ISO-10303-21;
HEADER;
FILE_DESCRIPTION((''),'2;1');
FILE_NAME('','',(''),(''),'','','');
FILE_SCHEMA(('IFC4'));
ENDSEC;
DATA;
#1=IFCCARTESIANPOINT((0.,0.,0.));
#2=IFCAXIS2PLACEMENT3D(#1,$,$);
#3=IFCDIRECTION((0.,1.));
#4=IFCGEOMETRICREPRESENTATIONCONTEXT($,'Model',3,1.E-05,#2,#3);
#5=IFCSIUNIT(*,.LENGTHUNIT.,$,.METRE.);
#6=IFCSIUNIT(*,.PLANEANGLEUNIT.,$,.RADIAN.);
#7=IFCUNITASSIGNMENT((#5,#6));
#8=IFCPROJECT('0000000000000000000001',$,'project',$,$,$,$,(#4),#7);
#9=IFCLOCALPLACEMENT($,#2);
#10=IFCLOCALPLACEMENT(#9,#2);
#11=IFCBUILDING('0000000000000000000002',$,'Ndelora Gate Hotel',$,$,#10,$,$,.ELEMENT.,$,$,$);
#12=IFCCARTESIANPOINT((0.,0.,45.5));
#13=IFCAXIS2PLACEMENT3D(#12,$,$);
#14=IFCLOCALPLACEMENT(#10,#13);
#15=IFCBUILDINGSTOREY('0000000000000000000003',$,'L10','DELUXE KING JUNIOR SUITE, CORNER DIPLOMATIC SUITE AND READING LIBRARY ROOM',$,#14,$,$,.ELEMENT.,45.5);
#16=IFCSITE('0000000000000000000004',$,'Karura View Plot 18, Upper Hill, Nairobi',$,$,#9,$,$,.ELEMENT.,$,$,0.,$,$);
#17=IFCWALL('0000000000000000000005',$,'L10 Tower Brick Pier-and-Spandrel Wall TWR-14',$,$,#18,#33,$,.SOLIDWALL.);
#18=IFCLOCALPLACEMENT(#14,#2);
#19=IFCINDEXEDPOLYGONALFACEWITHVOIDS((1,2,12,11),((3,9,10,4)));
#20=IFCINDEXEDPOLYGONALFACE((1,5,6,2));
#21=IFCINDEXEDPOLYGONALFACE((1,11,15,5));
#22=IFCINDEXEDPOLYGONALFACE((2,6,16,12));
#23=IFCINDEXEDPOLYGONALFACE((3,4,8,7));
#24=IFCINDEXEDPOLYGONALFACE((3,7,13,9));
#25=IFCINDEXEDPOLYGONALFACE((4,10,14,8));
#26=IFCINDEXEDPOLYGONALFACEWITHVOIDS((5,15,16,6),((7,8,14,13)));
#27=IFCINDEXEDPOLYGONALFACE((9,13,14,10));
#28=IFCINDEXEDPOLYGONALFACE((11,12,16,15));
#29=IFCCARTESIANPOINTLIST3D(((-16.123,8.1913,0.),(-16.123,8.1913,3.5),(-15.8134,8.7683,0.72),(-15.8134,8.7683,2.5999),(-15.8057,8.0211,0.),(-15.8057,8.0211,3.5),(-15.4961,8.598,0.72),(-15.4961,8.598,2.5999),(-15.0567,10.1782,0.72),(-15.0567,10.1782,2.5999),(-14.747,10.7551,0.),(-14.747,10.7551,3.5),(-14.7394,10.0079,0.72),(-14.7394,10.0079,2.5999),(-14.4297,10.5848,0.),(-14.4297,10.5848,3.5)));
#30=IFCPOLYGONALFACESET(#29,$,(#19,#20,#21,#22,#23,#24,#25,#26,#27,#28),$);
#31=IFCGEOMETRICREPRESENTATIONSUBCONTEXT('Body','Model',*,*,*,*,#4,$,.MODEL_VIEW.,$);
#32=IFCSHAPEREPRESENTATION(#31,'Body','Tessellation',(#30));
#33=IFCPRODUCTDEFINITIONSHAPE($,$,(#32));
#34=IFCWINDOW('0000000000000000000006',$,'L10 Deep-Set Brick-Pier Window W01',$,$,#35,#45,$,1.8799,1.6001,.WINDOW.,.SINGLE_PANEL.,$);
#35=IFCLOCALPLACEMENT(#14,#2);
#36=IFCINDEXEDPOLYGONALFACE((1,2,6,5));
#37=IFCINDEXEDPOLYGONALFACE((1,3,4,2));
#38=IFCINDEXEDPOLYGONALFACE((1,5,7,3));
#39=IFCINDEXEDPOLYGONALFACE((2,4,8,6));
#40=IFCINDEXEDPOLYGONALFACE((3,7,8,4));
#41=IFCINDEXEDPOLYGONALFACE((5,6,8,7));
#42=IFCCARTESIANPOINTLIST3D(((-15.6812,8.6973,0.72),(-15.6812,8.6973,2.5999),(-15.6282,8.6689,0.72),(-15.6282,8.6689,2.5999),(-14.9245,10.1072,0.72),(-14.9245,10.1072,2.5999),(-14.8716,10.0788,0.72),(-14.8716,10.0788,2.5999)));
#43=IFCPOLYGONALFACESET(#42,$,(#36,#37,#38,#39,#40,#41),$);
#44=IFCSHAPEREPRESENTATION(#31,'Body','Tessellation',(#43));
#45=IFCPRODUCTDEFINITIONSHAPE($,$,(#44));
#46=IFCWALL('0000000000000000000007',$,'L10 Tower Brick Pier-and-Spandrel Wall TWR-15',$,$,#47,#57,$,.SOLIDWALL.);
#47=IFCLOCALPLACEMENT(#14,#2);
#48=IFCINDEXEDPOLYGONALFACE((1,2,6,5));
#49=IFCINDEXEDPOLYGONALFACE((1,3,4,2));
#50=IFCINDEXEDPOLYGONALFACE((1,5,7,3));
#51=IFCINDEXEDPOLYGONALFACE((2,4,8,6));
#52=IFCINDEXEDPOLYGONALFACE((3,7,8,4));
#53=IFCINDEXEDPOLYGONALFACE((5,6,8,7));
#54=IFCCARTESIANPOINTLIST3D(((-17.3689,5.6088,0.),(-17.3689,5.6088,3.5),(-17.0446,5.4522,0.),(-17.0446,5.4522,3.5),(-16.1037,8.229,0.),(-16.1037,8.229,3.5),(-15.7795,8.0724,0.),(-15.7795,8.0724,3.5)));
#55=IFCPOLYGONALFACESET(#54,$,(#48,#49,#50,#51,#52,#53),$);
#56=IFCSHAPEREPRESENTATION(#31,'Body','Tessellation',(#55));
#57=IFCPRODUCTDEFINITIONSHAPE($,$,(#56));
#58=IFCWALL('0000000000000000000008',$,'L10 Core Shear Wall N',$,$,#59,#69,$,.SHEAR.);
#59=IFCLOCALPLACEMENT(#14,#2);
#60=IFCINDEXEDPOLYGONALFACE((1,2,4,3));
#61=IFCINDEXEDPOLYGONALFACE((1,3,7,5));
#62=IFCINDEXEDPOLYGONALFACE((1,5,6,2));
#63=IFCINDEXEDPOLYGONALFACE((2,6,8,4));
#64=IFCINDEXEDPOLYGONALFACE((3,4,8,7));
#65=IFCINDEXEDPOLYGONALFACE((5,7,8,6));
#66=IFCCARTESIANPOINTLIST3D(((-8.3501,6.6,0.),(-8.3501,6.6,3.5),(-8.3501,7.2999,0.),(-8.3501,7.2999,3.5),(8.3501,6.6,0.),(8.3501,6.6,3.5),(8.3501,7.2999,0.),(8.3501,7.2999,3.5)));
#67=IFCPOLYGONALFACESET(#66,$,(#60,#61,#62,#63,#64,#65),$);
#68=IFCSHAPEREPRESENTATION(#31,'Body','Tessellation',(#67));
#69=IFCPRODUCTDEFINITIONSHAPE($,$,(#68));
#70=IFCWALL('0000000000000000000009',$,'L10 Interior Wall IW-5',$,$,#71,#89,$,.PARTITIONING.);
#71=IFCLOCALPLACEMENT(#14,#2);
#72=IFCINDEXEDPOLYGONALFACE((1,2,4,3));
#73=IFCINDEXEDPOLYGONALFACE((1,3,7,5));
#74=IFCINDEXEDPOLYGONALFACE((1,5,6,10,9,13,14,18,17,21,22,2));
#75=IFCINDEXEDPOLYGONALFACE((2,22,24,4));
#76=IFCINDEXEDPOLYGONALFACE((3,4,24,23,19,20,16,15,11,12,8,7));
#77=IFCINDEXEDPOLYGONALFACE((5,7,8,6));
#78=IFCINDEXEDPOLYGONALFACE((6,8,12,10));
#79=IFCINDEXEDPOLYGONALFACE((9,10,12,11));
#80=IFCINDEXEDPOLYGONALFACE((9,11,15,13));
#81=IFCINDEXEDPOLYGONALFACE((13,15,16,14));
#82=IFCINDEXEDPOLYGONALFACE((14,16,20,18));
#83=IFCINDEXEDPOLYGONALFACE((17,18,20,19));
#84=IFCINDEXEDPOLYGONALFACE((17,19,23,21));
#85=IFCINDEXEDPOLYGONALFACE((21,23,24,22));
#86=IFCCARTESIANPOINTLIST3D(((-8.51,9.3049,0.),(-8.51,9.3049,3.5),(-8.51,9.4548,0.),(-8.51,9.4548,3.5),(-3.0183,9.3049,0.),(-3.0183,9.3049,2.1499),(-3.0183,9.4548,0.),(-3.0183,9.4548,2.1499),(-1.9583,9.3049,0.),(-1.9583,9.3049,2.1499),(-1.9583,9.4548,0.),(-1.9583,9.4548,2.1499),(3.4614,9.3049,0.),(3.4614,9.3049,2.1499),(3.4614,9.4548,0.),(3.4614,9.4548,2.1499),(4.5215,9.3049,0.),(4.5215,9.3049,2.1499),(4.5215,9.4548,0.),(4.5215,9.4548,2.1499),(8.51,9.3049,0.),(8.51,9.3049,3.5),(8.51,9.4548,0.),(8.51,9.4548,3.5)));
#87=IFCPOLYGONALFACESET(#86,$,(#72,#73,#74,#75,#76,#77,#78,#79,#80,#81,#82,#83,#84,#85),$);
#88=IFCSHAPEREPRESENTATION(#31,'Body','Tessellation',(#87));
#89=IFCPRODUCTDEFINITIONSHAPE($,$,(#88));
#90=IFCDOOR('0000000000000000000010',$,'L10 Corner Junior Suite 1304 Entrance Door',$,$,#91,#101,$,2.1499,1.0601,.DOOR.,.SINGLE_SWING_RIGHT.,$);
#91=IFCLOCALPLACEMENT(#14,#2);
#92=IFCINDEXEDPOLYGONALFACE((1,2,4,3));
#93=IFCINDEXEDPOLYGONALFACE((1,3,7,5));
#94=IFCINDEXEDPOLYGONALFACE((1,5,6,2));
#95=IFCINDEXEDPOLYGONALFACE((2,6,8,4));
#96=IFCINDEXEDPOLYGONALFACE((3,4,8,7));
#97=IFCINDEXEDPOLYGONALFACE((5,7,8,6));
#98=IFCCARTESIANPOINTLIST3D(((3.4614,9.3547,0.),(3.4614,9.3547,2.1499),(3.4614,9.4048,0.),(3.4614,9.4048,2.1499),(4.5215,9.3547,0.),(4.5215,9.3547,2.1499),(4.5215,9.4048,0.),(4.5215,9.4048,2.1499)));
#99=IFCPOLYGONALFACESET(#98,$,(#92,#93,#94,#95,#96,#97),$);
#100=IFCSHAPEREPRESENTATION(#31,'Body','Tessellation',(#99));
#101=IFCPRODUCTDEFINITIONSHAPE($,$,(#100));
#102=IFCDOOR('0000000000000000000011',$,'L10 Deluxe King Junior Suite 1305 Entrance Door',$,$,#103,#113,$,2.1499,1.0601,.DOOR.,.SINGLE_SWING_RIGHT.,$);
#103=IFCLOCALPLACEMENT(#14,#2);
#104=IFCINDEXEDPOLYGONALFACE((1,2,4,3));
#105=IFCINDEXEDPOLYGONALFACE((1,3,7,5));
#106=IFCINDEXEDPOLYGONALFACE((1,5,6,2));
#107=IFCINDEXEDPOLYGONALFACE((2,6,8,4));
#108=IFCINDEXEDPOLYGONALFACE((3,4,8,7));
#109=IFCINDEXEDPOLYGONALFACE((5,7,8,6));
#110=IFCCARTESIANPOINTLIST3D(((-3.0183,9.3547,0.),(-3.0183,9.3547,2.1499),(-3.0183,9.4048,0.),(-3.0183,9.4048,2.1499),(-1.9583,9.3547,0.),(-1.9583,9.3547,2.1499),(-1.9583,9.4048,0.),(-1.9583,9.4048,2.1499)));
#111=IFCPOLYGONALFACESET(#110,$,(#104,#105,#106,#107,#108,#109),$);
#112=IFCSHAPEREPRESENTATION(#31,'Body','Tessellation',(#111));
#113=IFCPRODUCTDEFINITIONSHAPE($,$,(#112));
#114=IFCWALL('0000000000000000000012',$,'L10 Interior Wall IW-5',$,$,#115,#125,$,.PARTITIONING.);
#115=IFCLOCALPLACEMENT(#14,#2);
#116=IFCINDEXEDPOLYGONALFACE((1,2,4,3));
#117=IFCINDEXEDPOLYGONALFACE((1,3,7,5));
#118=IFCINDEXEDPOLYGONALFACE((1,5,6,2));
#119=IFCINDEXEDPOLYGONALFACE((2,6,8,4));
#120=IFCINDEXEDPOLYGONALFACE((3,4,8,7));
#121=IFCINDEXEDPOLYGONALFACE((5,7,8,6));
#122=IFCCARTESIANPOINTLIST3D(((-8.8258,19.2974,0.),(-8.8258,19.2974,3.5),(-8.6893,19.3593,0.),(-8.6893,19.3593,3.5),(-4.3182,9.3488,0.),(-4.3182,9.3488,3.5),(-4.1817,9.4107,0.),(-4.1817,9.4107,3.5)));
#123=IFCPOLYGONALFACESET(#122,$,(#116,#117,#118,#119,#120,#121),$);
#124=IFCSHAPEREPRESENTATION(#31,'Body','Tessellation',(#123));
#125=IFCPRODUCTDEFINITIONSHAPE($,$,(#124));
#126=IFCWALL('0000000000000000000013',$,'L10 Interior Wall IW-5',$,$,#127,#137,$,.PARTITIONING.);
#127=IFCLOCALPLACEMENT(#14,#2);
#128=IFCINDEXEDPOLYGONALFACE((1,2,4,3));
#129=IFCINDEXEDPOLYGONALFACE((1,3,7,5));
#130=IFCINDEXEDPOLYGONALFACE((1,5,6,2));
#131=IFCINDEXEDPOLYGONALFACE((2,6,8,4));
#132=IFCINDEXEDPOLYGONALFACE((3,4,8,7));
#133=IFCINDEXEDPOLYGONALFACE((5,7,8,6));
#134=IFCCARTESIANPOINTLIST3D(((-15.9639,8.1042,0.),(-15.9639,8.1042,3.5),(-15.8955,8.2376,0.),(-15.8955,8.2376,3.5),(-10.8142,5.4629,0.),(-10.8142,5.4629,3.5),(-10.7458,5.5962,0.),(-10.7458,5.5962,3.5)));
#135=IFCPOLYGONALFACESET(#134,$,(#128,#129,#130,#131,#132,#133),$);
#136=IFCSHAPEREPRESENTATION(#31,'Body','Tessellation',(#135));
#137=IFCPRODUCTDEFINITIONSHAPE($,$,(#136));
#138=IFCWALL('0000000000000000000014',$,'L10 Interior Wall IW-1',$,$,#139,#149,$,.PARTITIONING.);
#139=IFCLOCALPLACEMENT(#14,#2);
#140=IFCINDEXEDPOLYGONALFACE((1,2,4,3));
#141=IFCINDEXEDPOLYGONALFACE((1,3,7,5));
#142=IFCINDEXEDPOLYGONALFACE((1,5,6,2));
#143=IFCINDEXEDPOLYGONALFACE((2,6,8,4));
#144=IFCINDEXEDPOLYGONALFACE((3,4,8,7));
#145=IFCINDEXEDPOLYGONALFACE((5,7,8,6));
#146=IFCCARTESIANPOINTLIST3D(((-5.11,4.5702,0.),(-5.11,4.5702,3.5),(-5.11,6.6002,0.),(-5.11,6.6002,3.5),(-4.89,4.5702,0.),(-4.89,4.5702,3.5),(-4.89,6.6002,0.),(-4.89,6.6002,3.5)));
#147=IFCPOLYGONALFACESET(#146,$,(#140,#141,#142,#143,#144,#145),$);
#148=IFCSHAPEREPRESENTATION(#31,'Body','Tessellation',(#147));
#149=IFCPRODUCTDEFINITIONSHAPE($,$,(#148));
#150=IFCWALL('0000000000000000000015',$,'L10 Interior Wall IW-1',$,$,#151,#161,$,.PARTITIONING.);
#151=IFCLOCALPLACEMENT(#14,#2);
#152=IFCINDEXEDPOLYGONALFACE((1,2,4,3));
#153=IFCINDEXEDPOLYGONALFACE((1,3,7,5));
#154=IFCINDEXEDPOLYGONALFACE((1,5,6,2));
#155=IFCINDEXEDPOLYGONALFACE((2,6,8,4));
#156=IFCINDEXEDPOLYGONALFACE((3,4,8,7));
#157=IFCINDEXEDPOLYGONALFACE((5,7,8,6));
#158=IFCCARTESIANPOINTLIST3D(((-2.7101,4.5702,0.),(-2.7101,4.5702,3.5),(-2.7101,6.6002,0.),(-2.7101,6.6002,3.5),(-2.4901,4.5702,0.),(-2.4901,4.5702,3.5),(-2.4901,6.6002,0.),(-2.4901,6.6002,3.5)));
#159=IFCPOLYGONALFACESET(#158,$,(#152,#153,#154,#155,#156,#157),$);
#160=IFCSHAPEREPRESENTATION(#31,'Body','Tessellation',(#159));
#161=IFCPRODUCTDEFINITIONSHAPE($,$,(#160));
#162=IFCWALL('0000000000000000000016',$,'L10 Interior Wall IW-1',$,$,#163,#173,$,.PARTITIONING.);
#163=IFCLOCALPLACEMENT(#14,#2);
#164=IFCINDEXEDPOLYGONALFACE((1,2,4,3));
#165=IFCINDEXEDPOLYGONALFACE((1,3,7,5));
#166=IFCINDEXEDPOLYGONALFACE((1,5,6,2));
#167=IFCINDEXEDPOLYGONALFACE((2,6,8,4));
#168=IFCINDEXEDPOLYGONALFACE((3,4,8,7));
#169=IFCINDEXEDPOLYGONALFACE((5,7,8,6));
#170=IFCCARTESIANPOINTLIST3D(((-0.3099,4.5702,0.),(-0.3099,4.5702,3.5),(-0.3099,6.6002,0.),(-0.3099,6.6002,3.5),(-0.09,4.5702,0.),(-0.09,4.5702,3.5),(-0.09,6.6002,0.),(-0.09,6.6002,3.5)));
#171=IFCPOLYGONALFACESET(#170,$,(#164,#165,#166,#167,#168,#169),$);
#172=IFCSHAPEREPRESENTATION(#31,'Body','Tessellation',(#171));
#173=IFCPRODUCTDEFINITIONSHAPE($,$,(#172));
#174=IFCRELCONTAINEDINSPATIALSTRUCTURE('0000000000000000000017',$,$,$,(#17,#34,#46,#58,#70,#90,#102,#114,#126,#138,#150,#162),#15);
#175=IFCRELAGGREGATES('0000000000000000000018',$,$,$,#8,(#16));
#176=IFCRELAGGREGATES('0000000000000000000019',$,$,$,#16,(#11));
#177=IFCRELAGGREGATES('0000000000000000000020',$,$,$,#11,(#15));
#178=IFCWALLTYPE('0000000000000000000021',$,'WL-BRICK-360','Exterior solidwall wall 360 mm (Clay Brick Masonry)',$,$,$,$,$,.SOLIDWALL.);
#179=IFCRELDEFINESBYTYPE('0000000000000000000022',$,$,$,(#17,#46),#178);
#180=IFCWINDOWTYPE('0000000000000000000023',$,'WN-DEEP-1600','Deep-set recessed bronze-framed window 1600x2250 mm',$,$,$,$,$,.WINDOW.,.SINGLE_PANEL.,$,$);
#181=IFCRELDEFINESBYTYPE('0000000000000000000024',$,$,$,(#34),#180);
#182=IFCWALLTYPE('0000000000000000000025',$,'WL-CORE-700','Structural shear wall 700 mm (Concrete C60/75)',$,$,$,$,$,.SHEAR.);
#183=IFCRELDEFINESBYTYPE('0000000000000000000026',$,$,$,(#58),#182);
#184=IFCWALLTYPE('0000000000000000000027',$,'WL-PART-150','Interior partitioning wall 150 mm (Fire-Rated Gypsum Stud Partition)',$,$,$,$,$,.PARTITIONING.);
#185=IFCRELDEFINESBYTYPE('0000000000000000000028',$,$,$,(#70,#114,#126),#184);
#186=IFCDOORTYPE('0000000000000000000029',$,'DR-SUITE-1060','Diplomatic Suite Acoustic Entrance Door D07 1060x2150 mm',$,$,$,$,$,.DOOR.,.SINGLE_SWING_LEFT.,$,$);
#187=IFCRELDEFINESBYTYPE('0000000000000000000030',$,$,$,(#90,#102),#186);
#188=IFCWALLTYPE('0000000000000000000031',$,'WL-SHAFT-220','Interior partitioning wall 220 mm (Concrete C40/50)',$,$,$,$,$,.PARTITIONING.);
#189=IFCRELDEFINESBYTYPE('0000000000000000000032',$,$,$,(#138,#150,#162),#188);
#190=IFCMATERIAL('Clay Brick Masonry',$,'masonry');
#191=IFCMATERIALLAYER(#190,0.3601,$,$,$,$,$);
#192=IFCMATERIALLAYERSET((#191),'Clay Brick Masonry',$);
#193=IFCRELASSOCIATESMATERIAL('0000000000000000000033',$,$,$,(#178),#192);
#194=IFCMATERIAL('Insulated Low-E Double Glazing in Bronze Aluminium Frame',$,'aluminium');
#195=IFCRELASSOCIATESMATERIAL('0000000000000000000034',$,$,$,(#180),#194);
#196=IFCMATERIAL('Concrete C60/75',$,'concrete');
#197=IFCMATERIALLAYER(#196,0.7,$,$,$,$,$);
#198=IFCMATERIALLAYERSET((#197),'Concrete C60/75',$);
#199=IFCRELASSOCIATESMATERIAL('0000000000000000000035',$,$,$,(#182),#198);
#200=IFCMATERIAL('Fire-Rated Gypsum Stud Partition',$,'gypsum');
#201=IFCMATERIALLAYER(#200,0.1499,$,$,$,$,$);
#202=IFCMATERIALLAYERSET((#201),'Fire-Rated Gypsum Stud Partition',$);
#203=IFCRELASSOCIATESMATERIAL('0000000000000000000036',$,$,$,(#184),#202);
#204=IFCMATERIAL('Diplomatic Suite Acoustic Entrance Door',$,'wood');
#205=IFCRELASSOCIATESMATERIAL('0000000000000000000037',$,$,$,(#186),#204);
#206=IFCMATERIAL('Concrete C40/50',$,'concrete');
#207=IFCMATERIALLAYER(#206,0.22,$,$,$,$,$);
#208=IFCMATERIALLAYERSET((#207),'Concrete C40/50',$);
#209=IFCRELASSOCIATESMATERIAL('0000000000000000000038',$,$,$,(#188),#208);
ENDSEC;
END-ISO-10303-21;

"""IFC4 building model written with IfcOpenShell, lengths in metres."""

from ifc_helpers import new_model, si_unit, direction, frame, frame_2d, origin, place, context, subcontext, project, spatial, rectangle, extrude, material, layer, layer_set, type_object, element, fill, save


model = new_model("IFC4")

# Units and contexts
model_context = context("Model", 3, precision=1e-05, world=origin(), true_north=direction((0.0, 1.0)))
body_context = subcontext(model_context, "Body", "Model", "MODEL_VIEW")
ifc_project = project(units=[si_unit("LENGTHUNIT", "METRE"), si_unit("PLANEANGLEUNIT", "RADIAN")], contexts=[model_context])

# Site, building, storey
site_placement = place(None, origin())
site = spatial("IfcSite", under=ifc_project, at=site_placement, Name="Karura View Plot 18, Upper Hill, Nairobi", CompositionType="ELEMENT", RefElevation=0.0)
building_placement = place(site_placement, origin())
building = spatial("IfcBuilding", under=site, at=building_placement, Name="Ndelora Gate Hotel", CompositionType="ELEMENT")
storey_placement = place(building_placement, frame((0.0, 0.0, 45.5)))
storey = spatial("IfcBuildingStorey", under=building, at=storey_placement, Name="L10", Description="DELUXE KING JUNIOR SUITE, CORNER DIPLOMATIC SUITE AND READING LIBRARY ROOM", CompositionType="ELEMENT", Elevation=45.5)

# Shared definitions
ifc_material_1 = material(Name="Concrete C60/75", Category="concrete")

# Wall, opening, window
ifc_material_2 = material(Name="Clay Brick Masonry", Category="masonry")
ifc_layer_1 = layer(ifc_material_2, 0.3601)
ifc_layer_set_1 = layer_set([ifc_layer_1], Name="Clay Brick Masonry")
wall_type_1 = type_object("IfcWallType", Name="WL-BRICK-360", Description="Exterior solidwall wall 360 mm (Clay Brick Masonry)", PredefinedType="SOLIDWALL", material=ifc_layer_set_1)
ifc_material_3 = material(Name="Insulated Low-E Double Glazing in Bronze Aluminium Frame", Category="aluminium")
wall_1_placement = place(storey_placement, frame((-15.9644, 8.1062, 0.0), z_axis=(0.0, 0.0, 1.0), x_axis=(0.472904, 0.881114, 0.0)))
wall_1 = element("IfcWall", 1, at=wall_1_placement, inside=storey, type_object=wall_type_1, Name="L10 Tower Brick Pier-and-Spandrel Wall TWR-14", PredefinedType="SOLIDWALL", context=body_context, shape_type="SweptSolid", body=[
    extrude(rectangle(XDim=2.9097, YDim=0.3601, at=frame_2d((1.4548, 0.0))), origin(), (0.0, 0.0, 1.0), 3.5),
])
opening_1_placement = place(wall_1_placement, frame((0.6548, 0.0, 0.72)))
opening_1 = element("IfcOpeningElement", 2, at=opening_1_placement, cuts=wall_1, PredefinedType="OPENING", context=body_context, shape_type="SweptSolid", body=[
    extrude(rectangle(XDim=1.6001, YDim=1.8799, at=frame_2d((0.8, 0.9399))), frame((0.0, 0.1899, 0.0), z_axis=(0.0, -1.0, 0.0), x_axis=(1.0, 0.0, 0.0)), (0.0, 0.0, 1.0), 0.3801),
])
window_type_1 = type_object("IfcWindowType", Name="WN-DEEP-1600", Description="Deep-set recessed bronze-framed window 1600x2250 mm", PartitioningType="SINGLE_PANEL", PredefinedType="WINDOW", material=ifc_material_3)
window_1_placement = place(opening_1_placement, origin())
window_1 = element("IfcWindow", 3, at=window_1_placement, inside=storey, type_object=window_type_1, Name="L10 Deep-Set Brick-Pier Window W01", OverallHeight=1.8799, OverallWidth=1.6001, PartitioningType="SINGLE_PANEL", PredefinedType="WINDOW", context=body_context, shape_type="SweptSolid", body=[
    extrude(rectangle(XDim=1.6001, YDim=1.8799, at=frame_2d((0.8, 0.9399))), frame((0.0, 0.03, 0.0), z_axis=(0.0, -1.0, 0.0), x_axis=(1.0, 0.0, 0.0)), (0.0, 0.0, 1.0), 0.0601),
])
fill(opening_1, window_1)

# Walls
wall_2_placement = place(storey_placement, frame((-17.2068, 5.5305, 0.0), z_axis=(0.0, 0.0, 1.0), x_axis=(0.434819, 0.900518, 0.0)))
element("IfcWall", 4, at=wall_2_placement, inside=storey, type_object=wall_type_1, Name="L10 Tower Brick Pier-and-Spandrel Wall TWR-15", PredefinedType="SOLIDWALL", context=body_context, shape_type="SweptSolid", body=[
    extrude(rectangle(XDim=2.9097, YDim=0.3601, at=frame_2d((1.4548, 0.0))), origin(), (0.0, 0.0, 1.0), 3.5),
])
ifc_layer_2 = layer(ifc_material_1, 0.7)
ifc_layer_set_2 = layer_set([ifc_layer_2], Name="Concrete C60/75")
wall_type_2 = type_object("IfcWallType", Name="WL-CORE-700", Description="Structural shear wall 700 mm (Concrete C60/75)", PredefinedType="SHEAR", material=ifc_layer_set_2)
wall_3_placement = place(storey_placement, frame((-8.3501, 6.95, 0.0), z_axis=(0.0, 0.0, 1.0), x_axis=(1.0, 0.0, 0.0)))
element("IfcWall", 5, at=wall_3_placement, inside=storey, type_object=wall_type_2, Name="L10 Core Shear Wall N", PredefinedType="SHEAR", context=body_context, shape_type="SweptSolid", body=[
    extrude(rectangle(XDim=16.7002, YDim=0.7, at=frame_2d((8.3501, 0.0))), origin(), (0.0, 0.0, 1.0), 3.5),
])

# Wall, openings, doors
ifc_material_4 = material(Name="Fire-Rated Gypsum Stud Partition", Category="gypsum")
ifc_layer_3 = layer(ifc_material_4, 0.1499)
ifc_layer_set_3 = layer_set([ifc_layer_3], Name="Fire-Rated Gypsum Stud Partition")
wall_type_3 = type_object("IfcWallType", Name="WL-PART-150", Description="Interior partitioning wall 150 mm (Fire-Rated Gypsum Stud Partition)", PredefinedType="PARTITIONING", material=ifc_layer_set_3)
wall_4_placement = place(storey_placement, frame((-8.51, 9.3799, 0.0), z_axis=(0.0, 0.0, 1.0), x_axis=(1.0, 0.0, 0.0)))
wall_4 = element("IfcWall", 6, at=wall_4_placement, inside=storey, type_object=wall_type_3, Name="L10 Interior Wall IW-5", PredefinedType="PARTITIONING", context=body_context, shape_type="SweptSolid", body=[
    extrude(rectangle(XDim=17.02, YDim=0.1499, at=frame_2d((8.51, 0.0))), origin(), (0.0, 0.0, 1.0), 3.5),
])
opening_2_placement = place(wall_4_placement, frame((11.9714, 0.0, 0.0)))
opening_2 = element("IfcOpeningElement", 7, at=opening_2_placement, cuts=wall_4, PredefinedType="OPENING", context=body_context, shape_type="SweptSolid", body=[
    extrude(rectangle(XDim=1.0601, YDim=2.1499, at=frame_2d((0.53, 1.075))), frame((0.0, 0.085, 0.0), z_axis=(0.0, -1.0, 0.0), x_axis=(1.0, 0.0, 0.0)), (0.0, 0.0, 1.0), 0.1699),
])
opening_3_placement = place(wall_4_placement, frame((5.4917, 0.0, 0.0)))
opening_3 = element("IfcOpeningElement", 8, at=opening_3_placement, cuts=wall_4, PredefinedType="OPENING", context=body_context, shape_type="SweptSolid", body=[
    extrude(rectangle(XDim=1.0601, YDim=2.1499, at=frame_2d((0.53, 1.075))), frame((0.0, 0.085, 0.0), z_axis=(0.0, -1.0, 0.0), x_axis=(1.0, 0.0, 0.0)), (0.0, 0.0, 1.0), 0.1699),
])
ifc_material_5 = material(Name="Diplomatic Suite Acoustic Entrance Door", Category="wood")
door_type_1 = type_object("IfcDoorType", Name="DR-SUITE-1060", Description="Diplomatic Suite Acoustic Entrance Door D07 1060x2150 mm", OperationType="SINGLE_SWING_LEFT", PredefinedType="DOOR", material=ifc_material_5)
door_1_placement = place(opening_2_placement, origin())
door_1 = element("IfcDoor", 9, at=door_1_placement, inside=storey, type_object=door_type_1, Name="L10 Corner Junior Suite 1304 Entrance Door", OperationType="SINGLE_SWING_RIGHT", OverallHeight=2.1499, OverallWidth=1.0601, PredefinedType="DOOR", context=body_context, shape_type="SweptSolid", body=[
    extrude(rectangle(XDim=1.0601, YDim=2.1499, at=frame_2d((0.53, 1.075))), frame((0.0, 0.0249, 0.0), z_axis=(0.0, -1.0, 0.0), x_axis=(1.0, 0.0, 0.0)), (0.0, 0.0, 1.0), 0.05),
])
fill(opening_2, door_1)
door_2_placement = place(opening_3_placement, origin())
door_2 = element("IfcDoor", 10, at=door_2_placement, inside=storey, type_object=door_type_1, Name="L10 Deluxe King Junior Suite 1305 Entrance Door", OperationType="SINGLE_SWING_RIGHT", OverallHeight=2.1499, OverallWidth=1.0601, PredefinedType="DOOR", context=body_context, shape_type="SweptSolid", body=[
    extrude(rectangle(XDim=1.0601, YDim=2.1499, at=frame_2d((0.53, 1.075))), frame((0.0, 0.0249, 0.0), z_axis=(0.0, -1.0, 0.0), x_axis=(1.0, 0.0, 0.0)), (0.0, 0.0, 1.0), 0.05),
])
fill(opening_3, door_2)

# Walls
wall_5_placement = place(storey_placement, frame((-4.25, 9.3799, 0.0), z_axis=(0.0, 0.0, 1.0), x_axis=(-0.412705, 0.910865, 0.0)))
element("IfcWall", 11, at=wall_5_placement, inside=storey, type_object=wall_type_3, Name="L10 Interior Wall IW-5", PredefinedType="PARTITIONING", context=body_context, shape_type="SweptSolid", body=[
    extrude(rectangle(XDim=10.9221, YDim=0.1499, at=frame_2d((5.4609, 0.0))), origin(), (0.0, 0.0, 1.0), 3.5),
])
wall_6_placement = place(storey_placement, frame((-10.78, 5.5295, 0.0), z_axis=(0.0, 0.0, 1.0), x_axis=(-0.889782, 0.456386, 0.0)))
element("IfcWall", 12, at=wall_6_placement, inside=storey, type_object=wall_type_3, Name="L10 Interior Wall IW-5", PredefinedType="PARTITIONING", context=body_context, shape_type="SweptSolid", body=[
    extrude(rectangle(XDim=5.7876, YDim=0.1499, at=frame_2d((2.8938, 0.0))), origin(), (0.0, 0.0, 1.0), 3.5),
])
ifc_material_6 = material(Name="Concrete C40/50", Category="concrete")
ifc_layer_4 = layer(ifc_material_6, 0.22)
ifc_layer_set_4 = layer_set([ifc_layer_4], Name="Concrete C40/50")
wall_type_4 = type_object("IfcWallType", Name="WL-SHAFT-220", Description="Interior partitioning wall 220 mm (Concrete C40/50)", PredefinedType="PARTITIONING", material=ifc_layer_set_4)
for number, where, z_axis, x_axis, name in (
    (13, (-5.0, 4.5701, 0.0), (0.0, 0.0, 1.0), (0.0, 1.0, 0.0), "L10 Interior Wall IW-1"),
    (14, (-2.6001, 4.5701, 0.0), (0.0, 0.0, 1.0), (0.0, 1.0, 0.0), "L10 Interior Wall IW-1"),
    (15, (-0.2, 4.5701, 0.0), (0.0, 0.0, 1.0), (0.0, 1.0, 0.0), "L10 Interior Wall IW-1"),
):
    element("IfcWall", number, at=place(storey_placement, frame(where, z_axis=z_axis, x_axis=x_axis)), inside=storey, type_object=wall_type_4, Name=name, PredefinedType="PARTITIONING", context=body_context, shape_type="SweptSolid", body=[
        extrude(rectangle(XDim=2.03, YDim=0.22, at=frame_2d((1.0151, 0.0))), origin(), (0.0, 0.0, 1.0), 3.5),
    ])

save(model, "model.ifc")
